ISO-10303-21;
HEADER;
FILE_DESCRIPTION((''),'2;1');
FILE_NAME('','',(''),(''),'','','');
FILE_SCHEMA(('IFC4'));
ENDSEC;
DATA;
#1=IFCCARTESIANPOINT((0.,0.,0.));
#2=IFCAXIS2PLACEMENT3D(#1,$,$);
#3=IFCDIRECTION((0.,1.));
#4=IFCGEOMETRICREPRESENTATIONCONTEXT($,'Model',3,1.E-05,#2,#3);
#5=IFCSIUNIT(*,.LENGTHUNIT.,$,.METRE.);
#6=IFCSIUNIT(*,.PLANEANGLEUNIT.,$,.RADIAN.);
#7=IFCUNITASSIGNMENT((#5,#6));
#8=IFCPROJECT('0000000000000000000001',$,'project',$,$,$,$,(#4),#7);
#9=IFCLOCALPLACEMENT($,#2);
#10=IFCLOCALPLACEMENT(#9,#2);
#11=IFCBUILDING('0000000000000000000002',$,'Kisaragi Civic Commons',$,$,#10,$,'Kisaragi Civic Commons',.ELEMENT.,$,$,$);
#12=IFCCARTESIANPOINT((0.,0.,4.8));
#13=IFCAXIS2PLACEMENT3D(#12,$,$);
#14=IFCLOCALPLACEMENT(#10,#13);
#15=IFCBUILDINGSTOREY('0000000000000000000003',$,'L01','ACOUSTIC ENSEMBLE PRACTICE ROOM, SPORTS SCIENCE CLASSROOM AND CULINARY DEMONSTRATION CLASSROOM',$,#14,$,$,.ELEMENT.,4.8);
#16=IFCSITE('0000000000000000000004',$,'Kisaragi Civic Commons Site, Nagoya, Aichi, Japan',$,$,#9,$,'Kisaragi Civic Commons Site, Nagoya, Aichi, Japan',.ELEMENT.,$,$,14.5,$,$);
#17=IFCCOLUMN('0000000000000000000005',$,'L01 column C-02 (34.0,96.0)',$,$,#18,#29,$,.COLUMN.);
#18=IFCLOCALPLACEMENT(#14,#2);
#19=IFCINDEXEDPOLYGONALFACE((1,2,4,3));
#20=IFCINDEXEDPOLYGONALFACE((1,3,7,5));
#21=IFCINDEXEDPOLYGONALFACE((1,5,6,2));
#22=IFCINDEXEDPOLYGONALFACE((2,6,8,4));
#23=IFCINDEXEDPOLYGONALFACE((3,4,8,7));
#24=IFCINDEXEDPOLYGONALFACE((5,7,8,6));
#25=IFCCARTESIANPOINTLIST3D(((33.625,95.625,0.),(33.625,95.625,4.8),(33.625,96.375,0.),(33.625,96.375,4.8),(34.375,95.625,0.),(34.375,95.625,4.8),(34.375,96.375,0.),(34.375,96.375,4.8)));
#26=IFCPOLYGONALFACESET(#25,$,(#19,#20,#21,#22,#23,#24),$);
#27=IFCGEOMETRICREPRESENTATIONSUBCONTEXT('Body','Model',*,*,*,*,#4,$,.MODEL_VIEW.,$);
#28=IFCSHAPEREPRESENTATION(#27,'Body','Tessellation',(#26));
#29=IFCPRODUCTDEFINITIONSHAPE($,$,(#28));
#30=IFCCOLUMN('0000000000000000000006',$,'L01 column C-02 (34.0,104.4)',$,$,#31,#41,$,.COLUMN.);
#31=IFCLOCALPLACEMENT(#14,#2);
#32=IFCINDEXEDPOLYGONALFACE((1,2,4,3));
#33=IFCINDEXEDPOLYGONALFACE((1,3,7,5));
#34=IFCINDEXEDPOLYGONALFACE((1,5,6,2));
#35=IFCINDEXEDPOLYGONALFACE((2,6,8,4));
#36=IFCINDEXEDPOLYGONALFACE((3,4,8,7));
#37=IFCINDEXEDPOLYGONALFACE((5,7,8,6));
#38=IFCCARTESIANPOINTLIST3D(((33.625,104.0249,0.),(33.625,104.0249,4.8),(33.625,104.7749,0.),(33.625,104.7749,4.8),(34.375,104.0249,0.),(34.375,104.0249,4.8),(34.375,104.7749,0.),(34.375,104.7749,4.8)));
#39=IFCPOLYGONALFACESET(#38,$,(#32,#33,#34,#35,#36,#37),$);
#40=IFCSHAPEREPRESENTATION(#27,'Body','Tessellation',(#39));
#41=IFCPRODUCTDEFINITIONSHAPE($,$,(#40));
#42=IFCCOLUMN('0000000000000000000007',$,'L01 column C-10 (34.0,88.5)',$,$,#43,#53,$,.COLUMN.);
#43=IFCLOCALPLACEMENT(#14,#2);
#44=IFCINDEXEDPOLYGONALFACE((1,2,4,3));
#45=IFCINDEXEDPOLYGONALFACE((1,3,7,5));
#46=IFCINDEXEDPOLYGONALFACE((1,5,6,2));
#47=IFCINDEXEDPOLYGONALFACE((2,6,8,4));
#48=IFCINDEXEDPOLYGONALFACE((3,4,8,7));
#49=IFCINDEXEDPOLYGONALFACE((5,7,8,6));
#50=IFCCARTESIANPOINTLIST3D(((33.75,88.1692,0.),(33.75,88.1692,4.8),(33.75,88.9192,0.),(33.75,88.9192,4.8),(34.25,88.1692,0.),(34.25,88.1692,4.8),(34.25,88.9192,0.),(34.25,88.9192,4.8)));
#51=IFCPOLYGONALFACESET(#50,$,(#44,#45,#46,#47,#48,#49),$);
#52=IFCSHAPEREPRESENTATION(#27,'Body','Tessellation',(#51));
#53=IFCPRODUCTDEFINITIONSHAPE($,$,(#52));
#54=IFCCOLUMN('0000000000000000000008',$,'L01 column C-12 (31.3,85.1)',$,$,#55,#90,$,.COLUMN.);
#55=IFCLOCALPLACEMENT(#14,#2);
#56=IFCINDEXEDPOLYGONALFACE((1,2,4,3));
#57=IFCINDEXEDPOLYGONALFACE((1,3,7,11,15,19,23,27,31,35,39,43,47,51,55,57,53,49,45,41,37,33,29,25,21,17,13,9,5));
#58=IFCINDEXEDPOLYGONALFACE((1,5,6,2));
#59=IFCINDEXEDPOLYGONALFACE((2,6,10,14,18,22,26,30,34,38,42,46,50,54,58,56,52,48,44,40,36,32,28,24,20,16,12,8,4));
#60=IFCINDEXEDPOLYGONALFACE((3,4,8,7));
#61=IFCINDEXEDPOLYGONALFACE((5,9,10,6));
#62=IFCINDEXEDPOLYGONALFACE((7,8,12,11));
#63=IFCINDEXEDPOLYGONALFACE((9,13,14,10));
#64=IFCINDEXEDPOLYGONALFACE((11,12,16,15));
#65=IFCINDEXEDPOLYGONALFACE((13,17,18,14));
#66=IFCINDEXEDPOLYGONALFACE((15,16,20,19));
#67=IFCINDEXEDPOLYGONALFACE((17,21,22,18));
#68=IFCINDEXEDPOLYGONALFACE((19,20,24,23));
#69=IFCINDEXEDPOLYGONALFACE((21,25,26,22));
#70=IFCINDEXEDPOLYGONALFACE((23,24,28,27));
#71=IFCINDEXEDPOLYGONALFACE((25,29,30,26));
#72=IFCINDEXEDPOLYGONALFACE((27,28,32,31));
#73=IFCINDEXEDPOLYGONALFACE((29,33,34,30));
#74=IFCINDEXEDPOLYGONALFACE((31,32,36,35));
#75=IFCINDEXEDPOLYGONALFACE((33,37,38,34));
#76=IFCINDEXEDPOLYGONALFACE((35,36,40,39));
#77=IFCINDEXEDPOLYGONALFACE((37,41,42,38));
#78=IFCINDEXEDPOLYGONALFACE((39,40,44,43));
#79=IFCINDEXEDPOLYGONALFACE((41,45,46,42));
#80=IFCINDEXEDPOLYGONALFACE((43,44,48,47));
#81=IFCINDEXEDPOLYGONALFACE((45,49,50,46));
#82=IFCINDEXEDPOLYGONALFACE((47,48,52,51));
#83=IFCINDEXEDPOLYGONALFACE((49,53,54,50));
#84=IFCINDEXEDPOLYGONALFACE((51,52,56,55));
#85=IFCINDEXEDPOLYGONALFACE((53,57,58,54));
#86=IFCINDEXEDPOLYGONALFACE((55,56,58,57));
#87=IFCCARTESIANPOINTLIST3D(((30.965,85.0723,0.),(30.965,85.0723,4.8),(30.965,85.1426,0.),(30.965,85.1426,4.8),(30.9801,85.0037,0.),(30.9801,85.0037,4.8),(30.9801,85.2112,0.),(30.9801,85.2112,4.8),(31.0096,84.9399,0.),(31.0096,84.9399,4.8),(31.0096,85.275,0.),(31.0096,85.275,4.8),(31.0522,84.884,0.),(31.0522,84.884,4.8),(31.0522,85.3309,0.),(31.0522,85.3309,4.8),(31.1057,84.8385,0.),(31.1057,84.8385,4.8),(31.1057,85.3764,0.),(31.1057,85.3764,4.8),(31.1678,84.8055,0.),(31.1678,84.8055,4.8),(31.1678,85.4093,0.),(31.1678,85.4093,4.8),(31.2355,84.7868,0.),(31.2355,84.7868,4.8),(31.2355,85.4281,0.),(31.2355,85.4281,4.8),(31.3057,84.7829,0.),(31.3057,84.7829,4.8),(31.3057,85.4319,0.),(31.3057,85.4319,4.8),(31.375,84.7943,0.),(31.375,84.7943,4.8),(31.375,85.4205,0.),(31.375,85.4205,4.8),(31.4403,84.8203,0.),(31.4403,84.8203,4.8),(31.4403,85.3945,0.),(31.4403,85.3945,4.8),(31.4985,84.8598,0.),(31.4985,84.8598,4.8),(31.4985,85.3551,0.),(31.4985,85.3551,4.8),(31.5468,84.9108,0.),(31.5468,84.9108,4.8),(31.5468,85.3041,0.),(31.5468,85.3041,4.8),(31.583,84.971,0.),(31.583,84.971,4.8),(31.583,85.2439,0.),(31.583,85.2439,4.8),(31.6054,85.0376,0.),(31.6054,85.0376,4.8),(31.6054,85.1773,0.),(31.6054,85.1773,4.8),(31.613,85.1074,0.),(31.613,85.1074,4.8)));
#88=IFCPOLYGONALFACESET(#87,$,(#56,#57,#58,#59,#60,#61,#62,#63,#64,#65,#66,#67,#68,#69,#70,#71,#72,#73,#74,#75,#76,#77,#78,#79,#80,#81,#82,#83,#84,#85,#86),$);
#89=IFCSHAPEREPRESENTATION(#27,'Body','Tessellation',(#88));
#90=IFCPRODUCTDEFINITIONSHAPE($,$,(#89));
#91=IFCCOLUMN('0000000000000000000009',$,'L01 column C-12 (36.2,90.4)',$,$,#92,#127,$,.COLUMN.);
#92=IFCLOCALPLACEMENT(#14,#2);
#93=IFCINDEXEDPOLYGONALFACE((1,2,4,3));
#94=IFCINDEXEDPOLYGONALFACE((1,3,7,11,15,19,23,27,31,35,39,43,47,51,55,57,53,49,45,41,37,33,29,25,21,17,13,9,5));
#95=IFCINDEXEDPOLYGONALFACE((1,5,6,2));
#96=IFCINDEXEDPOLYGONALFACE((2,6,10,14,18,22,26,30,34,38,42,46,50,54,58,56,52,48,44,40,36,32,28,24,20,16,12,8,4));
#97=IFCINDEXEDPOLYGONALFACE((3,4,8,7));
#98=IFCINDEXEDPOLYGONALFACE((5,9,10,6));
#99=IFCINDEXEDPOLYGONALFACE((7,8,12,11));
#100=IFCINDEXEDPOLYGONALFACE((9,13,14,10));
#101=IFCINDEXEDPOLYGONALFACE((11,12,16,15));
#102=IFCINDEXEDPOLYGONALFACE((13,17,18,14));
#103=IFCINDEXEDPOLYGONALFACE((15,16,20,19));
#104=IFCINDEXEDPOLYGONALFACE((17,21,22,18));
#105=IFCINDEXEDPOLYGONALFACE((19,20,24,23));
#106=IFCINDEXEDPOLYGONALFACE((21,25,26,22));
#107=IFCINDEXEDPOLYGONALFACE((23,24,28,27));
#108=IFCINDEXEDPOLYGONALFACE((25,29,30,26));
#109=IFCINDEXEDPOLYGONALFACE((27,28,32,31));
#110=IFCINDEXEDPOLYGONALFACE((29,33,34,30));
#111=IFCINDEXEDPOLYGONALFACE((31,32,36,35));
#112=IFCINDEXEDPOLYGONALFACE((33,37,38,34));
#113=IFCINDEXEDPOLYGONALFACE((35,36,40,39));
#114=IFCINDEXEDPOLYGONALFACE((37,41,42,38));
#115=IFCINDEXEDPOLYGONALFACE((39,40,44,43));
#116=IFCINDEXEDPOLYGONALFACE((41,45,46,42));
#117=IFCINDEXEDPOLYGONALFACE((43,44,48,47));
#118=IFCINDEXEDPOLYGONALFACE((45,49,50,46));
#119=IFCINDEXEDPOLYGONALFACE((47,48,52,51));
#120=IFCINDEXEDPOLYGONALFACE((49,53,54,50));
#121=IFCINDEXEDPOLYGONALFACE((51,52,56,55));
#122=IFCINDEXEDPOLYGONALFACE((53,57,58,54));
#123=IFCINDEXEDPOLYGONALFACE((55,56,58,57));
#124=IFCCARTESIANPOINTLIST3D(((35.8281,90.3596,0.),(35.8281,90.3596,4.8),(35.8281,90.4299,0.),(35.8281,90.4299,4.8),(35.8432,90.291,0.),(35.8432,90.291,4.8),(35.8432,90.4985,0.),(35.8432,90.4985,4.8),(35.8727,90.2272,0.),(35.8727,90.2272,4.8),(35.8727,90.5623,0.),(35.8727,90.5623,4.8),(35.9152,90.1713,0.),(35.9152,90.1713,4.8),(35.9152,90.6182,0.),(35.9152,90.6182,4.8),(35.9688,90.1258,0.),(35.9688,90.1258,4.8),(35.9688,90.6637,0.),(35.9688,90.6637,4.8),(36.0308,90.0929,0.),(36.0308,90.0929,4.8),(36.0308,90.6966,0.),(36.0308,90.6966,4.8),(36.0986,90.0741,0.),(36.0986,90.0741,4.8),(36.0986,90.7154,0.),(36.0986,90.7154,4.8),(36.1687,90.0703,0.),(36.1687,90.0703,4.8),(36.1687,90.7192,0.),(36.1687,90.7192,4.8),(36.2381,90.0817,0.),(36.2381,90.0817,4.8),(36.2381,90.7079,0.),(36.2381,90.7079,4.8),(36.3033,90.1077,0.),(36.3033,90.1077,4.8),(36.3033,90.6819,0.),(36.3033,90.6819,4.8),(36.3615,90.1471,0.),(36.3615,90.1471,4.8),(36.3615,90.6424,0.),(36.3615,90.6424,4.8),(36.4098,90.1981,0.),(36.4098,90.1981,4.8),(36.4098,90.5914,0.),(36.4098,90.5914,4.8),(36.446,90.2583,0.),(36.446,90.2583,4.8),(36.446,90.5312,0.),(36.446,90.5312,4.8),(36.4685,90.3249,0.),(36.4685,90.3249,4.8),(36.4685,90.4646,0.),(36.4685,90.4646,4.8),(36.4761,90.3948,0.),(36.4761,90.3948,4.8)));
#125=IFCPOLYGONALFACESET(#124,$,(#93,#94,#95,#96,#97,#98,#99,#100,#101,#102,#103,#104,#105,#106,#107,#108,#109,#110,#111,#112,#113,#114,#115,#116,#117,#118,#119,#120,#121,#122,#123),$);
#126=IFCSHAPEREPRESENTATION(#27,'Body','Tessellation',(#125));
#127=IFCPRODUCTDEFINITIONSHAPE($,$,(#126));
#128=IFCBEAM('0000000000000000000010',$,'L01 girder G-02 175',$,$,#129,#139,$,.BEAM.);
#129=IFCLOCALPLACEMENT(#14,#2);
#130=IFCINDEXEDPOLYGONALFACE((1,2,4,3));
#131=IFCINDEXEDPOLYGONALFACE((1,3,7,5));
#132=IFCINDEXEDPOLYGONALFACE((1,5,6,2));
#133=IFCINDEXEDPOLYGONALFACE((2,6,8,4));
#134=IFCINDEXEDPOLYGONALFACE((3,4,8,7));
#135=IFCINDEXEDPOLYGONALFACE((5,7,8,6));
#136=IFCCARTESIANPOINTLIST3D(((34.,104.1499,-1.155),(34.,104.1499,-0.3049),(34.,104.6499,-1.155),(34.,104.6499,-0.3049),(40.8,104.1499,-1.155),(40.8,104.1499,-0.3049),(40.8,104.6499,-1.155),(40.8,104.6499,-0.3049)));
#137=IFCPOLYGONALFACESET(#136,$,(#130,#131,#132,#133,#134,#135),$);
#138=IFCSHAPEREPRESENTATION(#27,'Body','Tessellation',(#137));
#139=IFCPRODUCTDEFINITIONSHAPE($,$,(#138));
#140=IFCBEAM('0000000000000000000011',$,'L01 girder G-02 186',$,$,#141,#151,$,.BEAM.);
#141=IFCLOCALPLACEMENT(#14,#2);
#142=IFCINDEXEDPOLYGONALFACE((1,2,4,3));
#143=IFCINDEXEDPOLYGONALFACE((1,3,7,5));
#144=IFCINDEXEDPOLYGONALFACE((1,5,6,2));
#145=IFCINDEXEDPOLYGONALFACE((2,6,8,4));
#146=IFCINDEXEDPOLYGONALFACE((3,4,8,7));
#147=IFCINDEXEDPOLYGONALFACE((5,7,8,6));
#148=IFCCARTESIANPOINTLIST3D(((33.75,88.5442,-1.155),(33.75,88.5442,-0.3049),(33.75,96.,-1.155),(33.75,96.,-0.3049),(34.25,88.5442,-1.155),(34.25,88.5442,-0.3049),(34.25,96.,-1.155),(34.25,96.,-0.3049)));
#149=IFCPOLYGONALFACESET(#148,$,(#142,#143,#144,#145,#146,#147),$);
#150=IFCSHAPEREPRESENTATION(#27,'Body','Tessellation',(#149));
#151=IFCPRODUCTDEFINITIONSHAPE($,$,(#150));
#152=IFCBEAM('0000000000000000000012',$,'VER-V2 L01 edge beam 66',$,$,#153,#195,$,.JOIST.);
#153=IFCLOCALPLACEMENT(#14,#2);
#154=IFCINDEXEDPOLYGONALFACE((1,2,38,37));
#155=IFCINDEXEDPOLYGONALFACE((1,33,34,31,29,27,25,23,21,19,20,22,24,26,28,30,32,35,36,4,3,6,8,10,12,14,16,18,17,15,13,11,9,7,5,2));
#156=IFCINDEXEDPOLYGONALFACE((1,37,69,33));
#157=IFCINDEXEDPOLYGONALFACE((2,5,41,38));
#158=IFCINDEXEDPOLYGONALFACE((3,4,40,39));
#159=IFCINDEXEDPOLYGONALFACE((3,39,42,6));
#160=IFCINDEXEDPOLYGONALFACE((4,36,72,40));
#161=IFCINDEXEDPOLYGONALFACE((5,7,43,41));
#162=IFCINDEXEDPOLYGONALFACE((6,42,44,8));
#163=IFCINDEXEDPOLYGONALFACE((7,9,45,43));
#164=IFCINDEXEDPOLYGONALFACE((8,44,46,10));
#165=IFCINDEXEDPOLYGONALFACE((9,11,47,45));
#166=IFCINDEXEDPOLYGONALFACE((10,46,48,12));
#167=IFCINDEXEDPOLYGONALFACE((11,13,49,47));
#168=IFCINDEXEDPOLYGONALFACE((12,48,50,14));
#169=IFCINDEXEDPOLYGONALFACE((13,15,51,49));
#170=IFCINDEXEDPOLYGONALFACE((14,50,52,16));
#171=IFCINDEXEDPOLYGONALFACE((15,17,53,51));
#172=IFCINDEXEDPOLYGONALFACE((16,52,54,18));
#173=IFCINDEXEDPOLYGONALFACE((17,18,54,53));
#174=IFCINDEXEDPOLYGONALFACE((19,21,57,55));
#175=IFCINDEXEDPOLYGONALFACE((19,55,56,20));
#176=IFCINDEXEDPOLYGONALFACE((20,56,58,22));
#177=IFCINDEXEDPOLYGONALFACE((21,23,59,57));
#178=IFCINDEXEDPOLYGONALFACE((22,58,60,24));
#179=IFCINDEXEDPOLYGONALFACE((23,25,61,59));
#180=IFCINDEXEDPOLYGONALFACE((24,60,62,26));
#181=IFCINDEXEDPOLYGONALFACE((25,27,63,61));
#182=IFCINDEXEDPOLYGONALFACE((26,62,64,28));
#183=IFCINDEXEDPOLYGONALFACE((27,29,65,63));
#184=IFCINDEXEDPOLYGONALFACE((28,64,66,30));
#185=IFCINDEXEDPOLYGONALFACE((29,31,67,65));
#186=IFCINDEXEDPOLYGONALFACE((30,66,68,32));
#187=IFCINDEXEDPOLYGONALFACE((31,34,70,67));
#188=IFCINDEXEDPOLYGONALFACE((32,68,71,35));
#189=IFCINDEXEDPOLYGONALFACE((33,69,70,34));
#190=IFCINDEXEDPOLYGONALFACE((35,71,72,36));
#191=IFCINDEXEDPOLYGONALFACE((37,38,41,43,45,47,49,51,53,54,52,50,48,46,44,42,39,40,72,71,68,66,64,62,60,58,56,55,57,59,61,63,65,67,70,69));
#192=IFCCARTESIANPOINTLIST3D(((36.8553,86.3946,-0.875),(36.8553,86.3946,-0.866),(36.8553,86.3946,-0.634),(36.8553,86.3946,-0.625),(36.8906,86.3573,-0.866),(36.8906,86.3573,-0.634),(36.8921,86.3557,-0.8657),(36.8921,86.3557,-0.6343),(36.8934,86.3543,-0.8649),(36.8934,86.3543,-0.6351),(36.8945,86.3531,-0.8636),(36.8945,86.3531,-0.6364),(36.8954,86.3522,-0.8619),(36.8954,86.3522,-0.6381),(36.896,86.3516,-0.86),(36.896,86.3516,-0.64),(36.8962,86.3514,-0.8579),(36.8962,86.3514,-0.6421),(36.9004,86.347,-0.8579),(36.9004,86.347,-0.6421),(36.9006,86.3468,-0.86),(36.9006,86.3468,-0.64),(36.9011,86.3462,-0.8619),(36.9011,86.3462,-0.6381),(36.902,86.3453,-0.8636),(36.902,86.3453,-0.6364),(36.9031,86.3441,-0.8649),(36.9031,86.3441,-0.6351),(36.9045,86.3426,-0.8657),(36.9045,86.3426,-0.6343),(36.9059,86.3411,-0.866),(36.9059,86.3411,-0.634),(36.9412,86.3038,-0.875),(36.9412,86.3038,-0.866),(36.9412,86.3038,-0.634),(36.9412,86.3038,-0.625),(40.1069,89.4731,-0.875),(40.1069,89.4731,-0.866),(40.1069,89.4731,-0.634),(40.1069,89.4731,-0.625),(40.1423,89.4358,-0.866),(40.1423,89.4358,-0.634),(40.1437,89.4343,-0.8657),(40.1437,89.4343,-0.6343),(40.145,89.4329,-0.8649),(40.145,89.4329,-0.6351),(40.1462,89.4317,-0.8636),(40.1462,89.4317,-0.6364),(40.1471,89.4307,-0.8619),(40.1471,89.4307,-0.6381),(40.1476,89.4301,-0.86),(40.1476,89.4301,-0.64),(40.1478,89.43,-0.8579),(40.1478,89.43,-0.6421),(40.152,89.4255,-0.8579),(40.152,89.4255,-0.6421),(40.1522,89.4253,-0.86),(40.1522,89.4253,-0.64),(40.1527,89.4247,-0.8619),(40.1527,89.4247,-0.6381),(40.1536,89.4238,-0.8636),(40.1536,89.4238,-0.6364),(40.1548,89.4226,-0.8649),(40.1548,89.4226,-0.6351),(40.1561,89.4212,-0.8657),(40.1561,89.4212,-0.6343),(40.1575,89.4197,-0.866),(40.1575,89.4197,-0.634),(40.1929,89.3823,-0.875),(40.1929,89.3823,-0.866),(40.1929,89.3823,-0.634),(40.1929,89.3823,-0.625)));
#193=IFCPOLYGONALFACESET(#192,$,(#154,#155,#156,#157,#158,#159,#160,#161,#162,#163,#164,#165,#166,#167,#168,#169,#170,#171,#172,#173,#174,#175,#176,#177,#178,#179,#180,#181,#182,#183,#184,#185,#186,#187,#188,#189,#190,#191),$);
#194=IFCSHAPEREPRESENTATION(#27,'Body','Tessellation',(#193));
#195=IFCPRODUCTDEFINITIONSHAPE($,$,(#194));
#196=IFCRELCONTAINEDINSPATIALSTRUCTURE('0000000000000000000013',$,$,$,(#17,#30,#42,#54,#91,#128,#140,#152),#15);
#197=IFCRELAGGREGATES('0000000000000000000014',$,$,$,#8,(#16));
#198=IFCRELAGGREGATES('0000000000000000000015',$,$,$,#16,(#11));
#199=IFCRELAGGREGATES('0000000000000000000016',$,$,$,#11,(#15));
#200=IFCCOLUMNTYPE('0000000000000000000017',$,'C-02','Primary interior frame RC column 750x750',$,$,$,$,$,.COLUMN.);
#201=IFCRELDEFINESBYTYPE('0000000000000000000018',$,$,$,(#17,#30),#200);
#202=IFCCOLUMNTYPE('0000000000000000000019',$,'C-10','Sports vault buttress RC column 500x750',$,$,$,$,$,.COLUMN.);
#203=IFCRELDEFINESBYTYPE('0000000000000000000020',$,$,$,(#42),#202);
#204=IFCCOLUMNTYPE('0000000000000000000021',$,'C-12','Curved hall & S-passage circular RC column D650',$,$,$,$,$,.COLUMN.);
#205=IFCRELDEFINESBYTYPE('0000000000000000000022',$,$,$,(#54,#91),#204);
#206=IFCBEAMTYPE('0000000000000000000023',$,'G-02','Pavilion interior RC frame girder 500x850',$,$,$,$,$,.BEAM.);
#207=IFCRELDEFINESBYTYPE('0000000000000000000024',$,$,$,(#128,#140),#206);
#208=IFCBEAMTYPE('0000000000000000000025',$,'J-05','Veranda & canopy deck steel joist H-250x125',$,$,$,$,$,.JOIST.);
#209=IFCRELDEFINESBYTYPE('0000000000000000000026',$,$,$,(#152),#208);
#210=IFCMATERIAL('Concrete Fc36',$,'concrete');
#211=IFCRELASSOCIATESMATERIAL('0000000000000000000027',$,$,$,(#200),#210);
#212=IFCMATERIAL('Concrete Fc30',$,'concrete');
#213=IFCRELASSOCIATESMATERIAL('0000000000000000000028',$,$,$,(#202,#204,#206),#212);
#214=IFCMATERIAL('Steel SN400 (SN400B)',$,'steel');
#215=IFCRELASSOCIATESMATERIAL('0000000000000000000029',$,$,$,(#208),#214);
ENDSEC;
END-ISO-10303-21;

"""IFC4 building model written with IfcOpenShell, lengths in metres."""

from ifc_helpers import new_model, si_unit, direction, frame, origin, origin_2d, place, context, subcontext, project, spatial, rectangle, circle, i_section, extrude, material, material_profile, profile_set, type_object, element, save


model = new_model("IFC4")

# Units and contexts
model_context = context("Model", 3, precision=1e-05, world=origin(), true_north=direction((0.0, 1.0)))
body_context = subcontext(model_context, "Body", "Model", "MODEL_VIEW")
ifc_project = project(units=[si_unit("LENGTHUNIT", "METRE"), si_unit("PLANEANGLEUNIT", "RADIAN")], contexts=[model_context])

# Site, building, storey
site_placement = place(None, origin())
site = spatial("IfcSite", under=ifc_project, at=site_placement, Name="Kisaragi Civic Commons Site, Nagoya, Aichi, Japan", LongName="Kisaragi Civic Commons Site, Nagoya, Aichi, Japan", CompositionType="ELEMENT", RefElevation=14.5)
building_placement = place(site_placement, origin())
building = spatial("IfcBuilding", under=site, at=building_placement, Name="Kisaragi Civic Commons", LongName="Kisaragi Civic Commons", CompositionType="ELEMENT")
storey_placement = place(building_placement, frame((0.0, 0.0, 4.8)))
storey = spatial("IfcBuildingStorey", under=building, at=storey_placement, Name="L01", Description="ACOUSTIC ENSEMBLE PRACTICE ROOM, SPORTS SCIENCE CLASSROOM AND CULINARY DEMONSTRATION CLASSROOM", CompositionType="ELEMENT", Elevation=4.8)

# Columns
ifc_material_1 = material(Name="Concrete Fc36", Category="concrete")
ifc_material_profile_1 = material_profile(ifc_material_1, rectangle(XDim=0.75, YDim=0.75, at=origin_2d()), Name="RC-750x750", Category="concrete")
ifc_profile_set_1 = profile_set([ifc_material_profile_1], Name="Concrete Fc36")
column_type_1 = type_object("IfcColumnType", Name="C-02", Description="Primary interior frame RC column 750x750", PredefinedType="COLUMN", material=ifc_profile_set_1)
for number, where, z_axis, x_axis, name in (
    (1, (34.0, 96.0, 0.0), (0.0, 0.0, 1.0), (1.0, 0.0, 0.0), "L01 column C-02 (34.0,96.0)"),
    (2, (34.0, 104.3999, 0.0), (0.0, 0.0, 1.0), (1.0, 0.0, 0.0), "L01 column C-02 (34.0,104.4)"),
):
    element("IfcColumn", number, at=place(storey_placement, frame(where, z_axis=z_axis, x_axis=x_axis)), inside=storey, type_object=column_type_1, Name=name, PredefinedType="COLUMN", context=body_context, shape_type="SweptSolid", body=[
        extrude(rectangle(XDim=0.75, YDim=0.75, at=origin_2d()), origin(), (0.0, 0.0, 1.0), 4.8),
    ])
ifc_material_2 = material(Name="Concrete Fc30", Category="concrete")
ifc_material_profile_2 = material_profile(ifc_material_2, rectangle(XDim=0.5, YDim=0.75, at=origin_2d()), Name="RC-500x750", Category="concrete")
ifc_profile_set_2 = profile_set([ifc_material_profile_2], Name="Concrete Fc30")
column_type_2 = type_object("IfcColumnType", Name="C-10", Description="Sports vault buttress RC column 500x750", PredefinedType="COLUMN", material=ifc_profile_set_2)
column_placement = place(storey_placement, frame((34.0, 88.5442, 0.0), z_axis=(0.0, 0.0, 1.0), x_axis=(1.0, 0.0, 0.0)))
element("IfcColumn", 3, at=column_placement, inside=storey, type_object=column_type_2, Name="L01 column C-10 (34.0,88.5)", PredefinedType="COLUMN", context=body_context, shape_type="SweptSolid", body=[
    extrude(rectangle(XDim=0.5, YDim=0.75, at=origin_2d()), origin(), (0.0, 0.0, 1.0), 4.8),
])
ifc_material_profile_3 = material_profile(ifc_material_2, circle(Radius=0.325, at=origin_2d()), Name="RC-D650", Category="concrete")
ifc_profile_set_3 = profile_set([ifc_material_profile_3], Name="Concrete Fc30")
column_type_3 = type_object("IfcColumnType", Name="C-12", Description="Curved hall & S-passage circular RC column D650", PredefinedType="COLUMN", material=ifc_profile_set_3)
for number, where, z_axis, x_axis, name in (
    (4, (31.2881, 85.1074, 0.0), (0.0, 0.0, 1.0), (1.0, 0.0, 0.0), "L01 column C-12 (31.3,85.1)"),
    (5, (36.1511, 90.3948, 0.0), (0.0, 0.0, 1.0), (1.0, 0.0, 0.0), "L01 column C-12 (36.2,90.4)"),
):
    element("IfcColumn", number, at=place(storey_placement, frame(where, z_axis=z_axis, x_axis=x_axis)), inside=storey, type_object=column_type_3, Name=name, PredefinedType="COLUMN", context=body_context, shape_type="SweptSolid", body=[
        extrude(circle(Radius=0.325, at=origin_2d()), origin(), (0.0, 0.0, 1.0), 4.8),
    ])

# Beams
ifc_material_profile_4 = material_profile(ifc_material_2, rectangle(XDim=0.5, YDim=0.8501, at=origin_2d()), Name="RC-500x850", Category="concrete")
ifc_profile_set_4 = profile_set([ifc_material_profile_4], Name="Concrete Fc30")
beam_type_1 = type_object("IfcBeamType", Name="G-02", Description="Pavilion interior RC frame girder 500x850", PredefinedType="BEAM", material=ifc_profile_set_4)
beam_1_placement = place(storey_placement, frame((34.0, 104.3999, -0.73), z_axis=(1.0, 0.0, 0.0), x_axis=(0.0, 1.0, 0.0)))
element("IfcBeam", 6, at=beam_1_placement, inside=storey, type_object=beam_type_1, Name="L01 girder G-02 175", PredefinedType="BEAM", context=body_context, shape_type="SweptSolid", body=[
    extrude(rectangle(XDim=0.5, YDim=0.8501, at=origin_2d()), origin(), (0.0, 0.0, 1.0), 6.8),
])
beam_2_placement = place(storey_placement, frame((34.0, 88.5442, -0.73), z_axis=(0.0, 1.0, 0.0), x_axis=(-1.0, 0.0, 0.0)))
element("IfcBeam", 7, at=beam_2_placement, inside=storey, type_object=beam_type_1, Name="L01 girder G-02 186", PredefinedType="BEAM", context=body_context, shape_type="SweptSolid", body=[
    extrude(rectangle(XDim=0.5, YDim=0.8501, at=origin_2d()), origin(), (0.0, 0.0, 1.0), 7.4558),
])
ifc_material_3 = material(Name="Steel SN400 (SN400B)", Category="steel")
ifc_material_profile_5 = material_profile(ifc_material_3, i_section(OverallWidth=0.125, OverallDepth=0.25, WebThickness=0.0061, FlangeThickness=0.009, FilletRadius=0.0081, at=origin_2d()), Name="H-250x125x6x9", Category="steel")
ifc_profile_set_5 = profile_set([ifc_material_profile_5], Name="Steel SN400 (SN400B)")
beam_type_2 = type_object("IfcBeamType", Name="J-05", Description="Veranda & canopy deck steel joist H-250x125", PredefinedType="JOIST", material=ifc_profile_set_5)
beam_3_placement = place(storey_placement, frame((40.1499, 89.4277, -0.75), z_axis=(-0.72617, -0.687515, 0.0), x_axis=(0.687515, -0.72617, 0.0)))
element("IfcBeam", 8, at=beam_3_placement, inside=storey, type_object=beam_type_2, Name="VER-V2 L01 edge beam 66", PredefinedType="JOIST", context=body_context, shape_type="SweptSolid", body=[
    extrude(i_section(OverallWidth=0.125, OverallDepth=0.25, WebThickness=0.0061, FlangeThickness=0.009, FilletRadius=0.0081, at=origin_2d()), origin(), (0.0, 0.0, 1.0), 4.4778),
])

save(model, "model.ifc")
